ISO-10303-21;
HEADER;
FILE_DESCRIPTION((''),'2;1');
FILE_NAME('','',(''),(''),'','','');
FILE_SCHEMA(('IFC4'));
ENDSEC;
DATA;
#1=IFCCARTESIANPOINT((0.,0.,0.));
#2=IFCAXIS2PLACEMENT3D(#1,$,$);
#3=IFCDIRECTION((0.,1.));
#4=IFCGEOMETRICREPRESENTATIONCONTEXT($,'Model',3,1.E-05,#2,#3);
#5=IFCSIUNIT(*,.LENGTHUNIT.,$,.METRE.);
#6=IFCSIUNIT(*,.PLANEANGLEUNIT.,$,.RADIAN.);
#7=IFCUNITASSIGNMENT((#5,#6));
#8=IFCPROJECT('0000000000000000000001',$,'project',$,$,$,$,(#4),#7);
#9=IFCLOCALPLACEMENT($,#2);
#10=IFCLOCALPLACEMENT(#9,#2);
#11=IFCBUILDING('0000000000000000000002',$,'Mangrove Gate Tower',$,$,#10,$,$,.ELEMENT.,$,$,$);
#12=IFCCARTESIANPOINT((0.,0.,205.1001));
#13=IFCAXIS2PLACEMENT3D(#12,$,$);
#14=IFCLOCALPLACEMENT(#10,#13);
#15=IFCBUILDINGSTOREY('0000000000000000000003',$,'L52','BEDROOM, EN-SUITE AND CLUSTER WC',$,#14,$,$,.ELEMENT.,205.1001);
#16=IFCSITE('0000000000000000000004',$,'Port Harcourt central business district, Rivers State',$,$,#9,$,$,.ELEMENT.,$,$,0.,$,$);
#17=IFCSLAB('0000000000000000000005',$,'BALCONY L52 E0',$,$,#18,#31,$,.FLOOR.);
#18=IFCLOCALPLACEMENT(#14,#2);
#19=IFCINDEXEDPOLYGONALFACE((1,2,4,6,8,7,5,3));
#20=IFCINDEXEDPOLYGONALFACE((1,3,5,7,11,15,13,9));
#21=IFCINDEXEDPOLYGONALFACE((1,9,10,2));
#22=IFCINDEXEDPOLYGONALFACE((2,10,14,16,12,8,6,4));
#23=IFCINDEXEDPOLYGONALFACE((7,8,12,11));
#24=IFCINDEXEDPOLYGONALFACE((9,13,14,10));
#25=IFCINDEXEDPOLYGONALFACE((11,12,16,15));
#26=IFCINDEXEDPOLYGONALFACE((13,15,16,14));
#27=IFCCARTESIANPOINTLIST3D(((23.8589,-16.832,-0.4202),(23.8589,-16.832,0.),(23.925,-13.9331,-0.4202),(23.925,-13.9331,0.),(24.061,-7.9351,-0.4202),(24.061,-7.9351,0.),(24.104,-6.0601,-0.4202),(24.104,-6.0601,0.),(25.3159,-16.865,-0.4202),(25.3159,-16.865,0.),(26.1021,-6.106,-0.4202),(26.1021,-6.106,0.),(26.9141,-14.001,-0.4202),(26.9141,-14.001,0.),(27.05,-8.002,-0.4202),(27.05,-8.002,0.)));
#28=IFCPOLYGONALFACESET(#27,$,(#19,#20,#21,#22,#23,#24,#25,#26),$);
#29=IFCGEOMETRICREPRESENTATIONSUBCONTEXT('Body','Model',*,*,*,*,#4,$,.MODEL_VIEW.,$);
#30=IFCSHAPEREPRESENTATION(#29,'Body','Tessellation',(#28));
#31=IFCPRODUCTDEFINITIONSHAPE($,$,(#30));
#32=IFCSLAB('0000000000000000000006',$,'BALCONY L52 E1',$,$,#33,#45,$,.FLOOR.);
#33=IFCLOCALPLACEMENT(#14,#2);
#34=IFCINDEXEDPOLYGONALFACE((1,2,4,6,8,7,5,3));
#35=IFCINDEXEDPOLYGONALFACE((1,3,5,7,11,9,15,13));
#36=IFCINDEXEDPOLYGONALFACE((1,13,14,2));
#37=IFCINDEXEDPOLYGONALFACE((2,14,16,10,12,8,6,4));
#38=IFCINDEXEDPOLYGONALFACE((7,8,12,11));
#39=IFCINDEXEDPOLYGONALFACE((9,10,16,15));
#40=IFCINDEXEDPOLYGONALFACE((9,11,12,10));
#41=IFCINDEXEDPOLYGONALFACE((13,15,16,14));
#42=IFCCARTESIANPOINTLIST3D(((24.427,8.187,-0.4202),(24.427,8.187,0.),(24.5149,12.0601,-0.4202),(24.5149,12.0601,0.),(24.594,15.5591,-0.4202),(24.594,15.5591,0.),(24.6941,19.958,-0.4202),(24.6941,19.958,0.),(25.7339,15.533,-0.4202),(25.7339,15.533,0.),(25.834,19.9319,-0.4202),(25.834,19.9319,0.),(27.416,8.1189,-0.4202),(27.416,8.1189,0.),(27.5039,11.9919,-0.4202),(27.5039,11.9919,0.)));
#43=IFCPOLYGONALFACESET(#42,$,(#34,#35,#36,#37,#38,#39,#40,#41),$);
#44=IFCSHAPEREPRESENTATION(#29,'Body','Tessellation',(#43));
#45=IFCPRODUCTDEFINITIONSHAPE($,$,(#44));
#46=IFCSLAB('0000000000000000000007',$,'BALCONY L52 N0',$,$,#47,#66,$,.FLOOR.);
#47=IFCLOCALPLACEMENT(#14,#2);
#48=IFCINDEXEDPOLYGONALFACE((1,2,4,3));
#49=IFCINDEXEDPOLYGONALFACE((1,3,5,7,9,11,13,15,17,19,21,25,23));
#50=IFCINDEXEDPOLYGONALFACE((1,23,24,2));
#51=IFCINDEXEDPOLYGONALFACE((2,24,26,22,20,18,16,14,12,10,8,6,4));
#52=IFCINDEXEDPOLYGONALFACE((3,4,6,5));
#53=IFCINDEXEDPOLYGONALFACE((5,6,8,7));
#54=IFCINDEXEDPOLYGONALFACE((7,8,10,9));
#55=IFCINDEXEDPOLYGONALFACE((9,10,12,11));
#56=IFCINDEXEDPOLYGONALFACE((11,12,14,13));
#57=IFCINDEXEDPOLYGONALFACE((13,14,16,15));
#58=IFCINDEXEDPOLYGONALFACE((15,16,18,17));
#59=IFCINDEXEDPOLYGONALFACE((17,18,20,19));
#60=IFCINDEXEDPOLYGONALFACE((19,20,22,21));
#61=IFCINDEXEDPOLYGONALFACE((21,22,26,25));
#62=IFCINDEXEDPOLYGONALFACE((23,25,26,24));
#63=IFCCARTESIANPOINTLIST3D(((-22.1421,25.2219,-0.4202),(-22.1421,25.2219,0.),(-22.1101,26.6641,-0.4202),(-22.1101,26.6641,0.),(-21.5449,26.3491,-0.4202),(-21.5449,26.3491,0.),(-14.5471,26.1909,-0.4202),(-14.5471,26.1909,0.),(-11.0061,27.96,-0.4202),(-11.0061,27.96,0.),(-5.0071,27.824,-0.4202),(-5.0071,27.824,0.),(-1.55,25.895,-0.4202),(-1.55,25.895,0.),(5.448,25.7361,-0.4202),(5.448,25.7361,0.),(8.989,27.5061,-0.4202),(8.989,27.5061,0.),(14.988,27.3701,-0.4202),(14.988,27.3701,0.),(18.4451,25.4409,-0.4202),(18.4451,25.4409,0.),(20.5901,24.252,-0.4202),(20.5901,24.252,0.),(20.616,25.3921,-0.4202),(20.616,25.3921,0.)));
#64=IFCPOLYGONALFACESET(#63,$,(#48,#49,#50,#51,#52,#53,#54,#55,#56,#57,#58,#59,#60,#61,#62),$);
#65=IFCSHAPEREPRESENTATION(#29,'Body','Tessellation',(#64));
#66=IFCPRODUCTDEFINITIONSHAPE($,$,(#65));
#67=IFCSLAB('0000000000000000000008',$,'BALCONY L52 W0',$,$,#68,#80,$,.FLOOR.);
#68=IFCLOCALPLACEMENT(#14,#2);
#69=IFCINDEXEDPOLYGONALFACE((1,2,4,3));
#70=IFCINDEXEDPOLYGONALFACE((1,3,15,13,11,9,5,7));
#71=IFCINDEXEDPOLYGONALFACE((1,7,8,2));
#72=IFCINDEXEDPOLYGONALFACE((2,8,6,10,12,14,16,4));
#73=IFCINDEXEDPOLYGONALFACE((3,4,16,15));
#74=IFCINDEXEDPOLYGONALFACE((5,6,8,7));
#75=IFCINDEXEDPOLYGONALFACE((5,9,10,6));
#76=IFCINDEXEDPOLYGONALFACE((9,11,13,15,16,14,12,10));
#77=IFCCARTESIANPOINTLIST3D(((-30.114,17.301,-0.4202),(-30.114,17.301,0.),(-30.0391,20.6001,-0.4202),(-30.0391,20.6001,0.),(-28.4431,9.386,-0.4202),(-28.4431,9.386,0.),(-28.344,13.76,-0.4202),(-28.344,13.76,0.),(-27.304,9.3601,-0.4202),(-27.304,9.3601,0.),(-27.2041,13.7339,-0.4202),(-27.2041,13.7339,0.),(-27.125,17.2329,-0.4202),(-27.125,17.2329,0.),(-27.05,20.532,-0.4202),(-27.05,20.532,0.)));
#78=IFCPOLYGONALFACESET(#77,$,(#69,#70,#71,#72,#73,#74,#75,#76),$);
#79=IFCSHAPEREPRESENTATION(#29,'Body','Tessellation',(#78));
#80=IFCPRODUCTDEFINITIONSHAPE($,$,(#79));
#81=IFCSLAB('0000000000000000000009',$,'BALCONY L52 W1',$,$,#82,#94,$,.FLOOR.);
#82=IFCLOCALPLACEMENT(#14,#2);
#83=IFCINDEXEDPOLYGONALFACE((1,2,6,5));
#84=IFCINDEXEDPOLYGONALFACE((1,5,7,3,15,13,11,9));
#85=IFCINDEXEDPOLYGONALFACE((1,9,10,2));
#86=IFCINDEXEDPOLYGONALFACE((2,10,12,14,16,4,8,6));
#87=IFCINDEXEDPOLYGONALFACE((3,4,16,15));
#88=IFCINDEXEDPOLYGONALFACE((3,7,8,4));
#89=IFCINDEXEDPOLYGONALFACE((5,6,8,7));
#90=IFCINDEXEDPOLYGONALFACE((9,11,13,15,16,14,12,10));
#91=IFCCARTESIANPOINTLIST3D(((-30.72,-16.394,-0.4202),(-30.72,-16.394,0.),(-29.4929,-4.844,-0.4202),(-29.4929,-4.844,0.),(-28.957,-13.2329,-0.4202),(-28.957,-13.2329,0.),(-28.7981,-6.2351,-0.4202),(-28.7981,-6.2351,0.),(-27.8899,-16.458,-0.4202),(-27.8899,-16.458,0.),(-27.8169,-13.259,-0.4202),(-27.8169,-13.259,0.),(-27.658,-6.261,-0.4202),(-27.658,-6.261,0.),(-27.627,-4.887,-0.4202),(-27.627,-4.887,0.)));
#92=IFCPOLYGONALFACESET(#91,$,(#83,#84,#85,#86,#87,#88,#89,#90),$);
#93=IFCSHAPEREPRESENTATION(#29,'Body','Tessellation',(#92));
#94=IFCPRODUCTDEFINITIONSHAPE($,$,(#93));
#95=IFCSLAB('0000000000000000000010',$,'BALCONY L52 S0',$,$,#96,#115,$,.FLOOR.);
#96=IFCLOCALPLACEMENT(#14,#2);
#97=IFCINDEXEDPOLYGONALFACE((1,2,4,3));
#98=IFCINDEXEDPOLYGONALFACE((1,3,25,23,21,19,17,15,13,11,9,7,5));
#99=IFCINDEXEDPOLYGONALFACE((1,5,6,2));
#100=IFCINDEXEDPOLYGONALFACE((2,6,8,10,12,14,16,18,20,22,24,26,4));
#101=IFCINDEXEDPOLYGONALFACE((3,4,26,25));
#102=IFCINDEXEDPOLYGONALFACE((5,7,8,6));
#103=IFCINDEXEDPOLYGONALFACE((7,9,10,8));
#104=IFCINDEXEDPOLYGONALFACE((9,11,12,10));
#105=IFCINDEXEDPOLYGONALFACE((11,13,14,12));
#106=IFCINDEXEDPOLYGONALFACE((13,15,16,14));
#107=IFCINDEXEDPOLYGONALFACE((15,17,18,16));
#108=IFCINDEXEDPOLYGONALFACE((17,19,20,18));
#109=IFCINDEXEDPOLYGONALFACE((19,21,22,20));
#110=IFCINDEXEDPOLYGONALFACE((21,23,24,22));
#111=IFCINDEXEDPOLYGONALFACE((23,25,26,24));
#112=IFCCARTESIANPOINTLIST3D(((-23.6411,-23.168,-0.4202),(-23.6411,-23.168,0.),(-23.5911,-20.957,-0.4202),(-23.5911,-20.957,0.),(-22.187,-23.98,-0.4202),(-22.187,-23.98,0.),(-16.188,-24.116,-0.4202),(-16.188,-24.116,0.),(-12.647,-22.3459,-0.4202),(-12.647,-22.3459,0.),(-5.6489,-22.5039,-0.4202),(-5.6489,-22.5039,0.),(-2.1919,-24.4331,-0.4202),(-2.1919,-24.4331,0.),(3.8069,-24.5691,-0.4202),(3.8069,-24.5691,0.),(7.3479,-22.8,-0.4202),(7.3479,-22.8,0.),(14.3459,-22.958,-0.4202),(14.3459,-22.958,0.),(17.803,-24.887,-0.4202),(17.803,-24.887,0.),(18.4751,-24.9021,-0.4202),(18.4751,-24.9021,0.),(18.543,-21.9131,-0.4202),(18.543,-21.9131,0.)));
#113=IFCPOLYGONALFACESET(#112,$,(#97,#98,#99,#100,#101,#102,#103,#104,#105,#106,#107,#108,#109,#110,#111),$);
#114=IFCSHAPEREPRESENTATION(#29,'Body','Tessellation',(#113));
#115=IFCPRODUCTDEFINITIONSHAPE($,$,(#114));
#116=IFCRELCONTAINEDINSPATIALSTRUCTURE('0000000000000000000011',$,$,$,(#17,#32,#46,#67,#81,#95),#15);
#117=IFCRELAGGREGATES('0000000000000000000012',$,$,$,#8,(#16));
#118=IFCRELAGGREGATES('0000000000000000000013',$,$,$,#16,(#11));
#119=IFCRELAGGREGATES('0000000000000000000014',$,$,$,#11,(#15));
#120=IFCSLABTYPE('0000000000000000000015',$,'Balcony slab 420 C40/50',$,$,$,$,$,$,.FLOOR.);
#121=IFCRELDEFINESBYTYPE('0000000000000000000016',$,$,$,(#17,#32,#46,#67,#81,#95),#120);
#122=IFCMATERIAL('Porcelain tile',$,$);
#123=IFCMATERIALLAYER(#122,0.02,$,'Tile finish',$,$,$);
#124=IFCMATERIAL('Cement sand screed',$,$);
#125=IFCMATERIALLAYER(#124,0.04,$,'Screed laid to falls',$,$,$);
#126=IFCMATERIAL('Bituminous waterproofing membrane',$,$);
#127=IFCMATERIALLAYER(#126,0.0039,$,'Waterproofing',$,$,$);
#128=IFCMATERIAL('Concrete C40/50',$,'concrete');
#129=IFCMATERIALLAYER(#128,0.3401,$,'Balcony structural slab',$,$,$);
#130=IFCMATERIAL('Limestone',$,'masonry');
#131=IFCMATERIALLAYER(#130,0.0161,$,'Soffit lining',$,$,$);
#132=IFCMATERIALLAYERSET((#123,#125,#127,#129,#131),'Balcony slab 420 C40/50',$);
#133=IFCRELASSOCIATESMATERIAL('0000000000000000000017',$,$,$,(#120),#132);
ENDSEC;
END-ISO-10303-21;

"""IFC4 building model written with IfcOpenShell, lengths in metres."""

from ifc_helpers import new_model, si_unit, direction, frame, origin, place, context, subcontext, project, spatial, polyline, outline, extrude, material, layer, layer_set, type_object, element, save


model = new_model("IFC4")

# Units and contexts
model_context = context("Model", 3, precision=1e-05, world=origin(), true_north=direction((0.0, 1.0)))
body_context = subcontext(model_context, "Body", "Model", "MODEL_VIEW")
ifc_project = project(units=[si_unit("LENGTHUNIT", "METRE"), si_unit("PLANEANGLEUNIT", "RADIAN")], contexts=[model_context])

# Site, building, storey
site_placement = place(None, origin())
site = spatial("IfcSite", under=ifc_project, at=site_placement, Name="Port Harcourt central business district, Rivers State", CompositionType="ELEMENT", RefElevation=0.0)
building_placement = place(site_placement, origin())
building = spatial("IfcBuilding", under=site, at=building_placement, Name="Mangrove Gate Tower", CompositionType="ELEMENT")
storey_placement = place(building_placement, frame((0.0, 0.0, 205.1001)))
storey = spatial("IfcBuildingStorey", under=building, at=storey_placement, Name="L52", Description="BEDROOM, EN-SUITE AND CLUSTER WC", CompositionType="ELEMENT", Elevation=205.1001)

# Slabs
ifc_material_1 = material(Name="Porcelain tile")
ifc_layer_1 = layer(ifc_material_1, 0.02, Name="Tile finish")
ifc_material_2 = material(Name="Cement sand screed")
ifc_layer_2 = layer(ifc_material_2, 0.04, Name="Screed laid to falls")
ifc_material_3 = material(Name="Bituminous waterproofing membrane")
ifc_layer_3 = layer(ifc_material_3, 0.0039, Name="Waterproofing")
ifc_material_4 = material(Name="Concrete C40/50", Category="concrete")
ifc_layer_4 = layer(ifc_material_4, 0.3401, Name="Balcony structural slab")
ifc_material_5 = material(Name="Limestone", Category="masonry")
ifc_layer_5 = layer(ifc_material_5, 0.0161, Name="Soffit lining")
ifc_layer_set_1 = layer_set([ifc_layer_1, ifc_layer_2, ifc_layer_3, ifc_layer_4, ifc_layer_5], Name="Balcony slab 420 C40/50")
slab_type_1 = type_object("IfcSlabType", Name="Balcony slab 420 C40/50", PredefinedType="FLOOR", material=ifc_layer_set_1)
slab_1_placement = place(storey_placement, frame((0.0, 0.0, -0.4202)))
element("IfcSlab", 1, at=slab_1_placement, inside=storey, type_object=slab_type_1, Name="BALCONY L52 E0", PredefinedType="FLOOR", context=body_context, shape_type="SweptSolid", body=[
    extrude(outline(polyline([(25.3159, -16.865), (26.9141, -14.001), (27.05, -8.002), (26.1021, -6.106), (24.104, -6.0601), (24.061, -7.9351), (23.925, -13.9331), (23.8589, -16.832), (25.3159, -16.865)])), origin(), (0.0, 0.0, 1.0), 0.4202),
])
slab_2_placement = place(storey_placement, frame((0.0, 0.0, -0.4202)))
element("IfcSlab", 2, at=slab_2_placement, inside=storey, type_object=slab_type_1, Name="BALCONY L52 E1", PredefinedType="FLOOR", context=body_context, shape_type="SweptSolid", body=[
    extrude(outline(polyline([(27.416, 8.1189), (27.5039, 11.9919), (25.7339, 15.533), (25.834, 19.9319), (24.6941, 19.958), (24.594, 15.5591), (24.5149, 12.0601), (24.427, 8.187), (27.416, 8.1189)])), origin(), (0.0, 0.0, 1.0), 0.4202),
])
slab_3_placement = place(storey_placement, frame((0.0, 0.0, -0.4202)))
element("IfcSlab", 3, at=slab_3_placement, inside=storey, type_object=slab_type_1, Name="BALCONY L52 N0", PredefinedType="FLOOR", context=body_context, shape_type="SweptSolid", body=[
    extrude(outline(polyline([(20.616, 25.3921), (18.4451, 25.4409), (14.988, 27.3701), (8.989, 27.5061), (5.448, 25.7361), (-1.55, 25.895), (-5.0071, 27.824), (-11.0061, 27.96), (-14.5471, 26.1909), (-21.5449, 26.3491), (-22.1101, 26.6641), (-22.1421, 25.2219), (20.5901, 24.252), (20.616, 25.3921)])), origin(), (0.0, 0.0, 1.0), 0.4202),
])
slab_4_placement = place(storey_placement, frame((0.0, 0.0, -0.4202)))
element("IfcSlab", 4, at=slab_4_placement, inside=storey, type_object=slab_type_1, Name="BALCONY L52 W0", PredefinedType="FLOOR", context=body_context, shape_type="SweptSolid", body=[
    extrude(outline(polyline([(-30.0391, 20.6001), (-30.114, 17.301), (-28.344, 13.76), (-28.4431, 9.386), (-27.304, 9.3601), (-27.2041, 13.7339), (-27.125, 17.2329), (-27.05, 20.532), (-30.0391, 20.6001)])), origin(), (0.0, 0.0, 1.0), 0.4202),
])
slab_5_placement = place(storey_placement, frame((0.0, 0.0, -0.4202)))
element("IfcSlab", 5, at=slab_5_placement, inside=storey, type_object=slab_type_1, Name="BALCONY L52 W1", PredefinedType="FLOOR", context=body_context, shape_type="SweptSolid", body=[
    extrude(outline(polyline([(-29.4929, -4.844), (-28.7981, -6.2351), (-28.957, -13.2329), (-30.72, -16.394), (-27.8899, -16.458), (-27.8169, -13.259), (-27.658, -6.261), (-27.627, -4.887), (-29.4929, -4.844)])), origin(), (0.0, 0.0, 1.0), 0.4202),
])
slab_6_placement = place(storey_placement, frame((0.0, 0.0, -0.4202)))
element("IfcSlab", 6, at=slab_6_placement, inside=storey, type_object=slab_type_1, Name="BALCONY L52 S0", PredefinedType="FLOOR", context=body_context, shape_type="SweptSolid", body=[
    extrude(outline(polyline([(-23.6411, -23.168), (-22.187, -23.98), (-16.188, -24.116), (-12.647, -22.3459), (-5.6489, -22.5039), (-2.1919, -24.4331), (3.8069, -24.5691), (7.3479, -22.8), (14.3459, -22.958), (17.803, -24.887), (18.4751, -24.9021), (18.543, -21.9131), (-23.5911, -20.957), (-23.6411, -23.168)])), origin(), (0.0, 0.0, 1.0), 0.4202),
])

save(model, "model.ifc")
